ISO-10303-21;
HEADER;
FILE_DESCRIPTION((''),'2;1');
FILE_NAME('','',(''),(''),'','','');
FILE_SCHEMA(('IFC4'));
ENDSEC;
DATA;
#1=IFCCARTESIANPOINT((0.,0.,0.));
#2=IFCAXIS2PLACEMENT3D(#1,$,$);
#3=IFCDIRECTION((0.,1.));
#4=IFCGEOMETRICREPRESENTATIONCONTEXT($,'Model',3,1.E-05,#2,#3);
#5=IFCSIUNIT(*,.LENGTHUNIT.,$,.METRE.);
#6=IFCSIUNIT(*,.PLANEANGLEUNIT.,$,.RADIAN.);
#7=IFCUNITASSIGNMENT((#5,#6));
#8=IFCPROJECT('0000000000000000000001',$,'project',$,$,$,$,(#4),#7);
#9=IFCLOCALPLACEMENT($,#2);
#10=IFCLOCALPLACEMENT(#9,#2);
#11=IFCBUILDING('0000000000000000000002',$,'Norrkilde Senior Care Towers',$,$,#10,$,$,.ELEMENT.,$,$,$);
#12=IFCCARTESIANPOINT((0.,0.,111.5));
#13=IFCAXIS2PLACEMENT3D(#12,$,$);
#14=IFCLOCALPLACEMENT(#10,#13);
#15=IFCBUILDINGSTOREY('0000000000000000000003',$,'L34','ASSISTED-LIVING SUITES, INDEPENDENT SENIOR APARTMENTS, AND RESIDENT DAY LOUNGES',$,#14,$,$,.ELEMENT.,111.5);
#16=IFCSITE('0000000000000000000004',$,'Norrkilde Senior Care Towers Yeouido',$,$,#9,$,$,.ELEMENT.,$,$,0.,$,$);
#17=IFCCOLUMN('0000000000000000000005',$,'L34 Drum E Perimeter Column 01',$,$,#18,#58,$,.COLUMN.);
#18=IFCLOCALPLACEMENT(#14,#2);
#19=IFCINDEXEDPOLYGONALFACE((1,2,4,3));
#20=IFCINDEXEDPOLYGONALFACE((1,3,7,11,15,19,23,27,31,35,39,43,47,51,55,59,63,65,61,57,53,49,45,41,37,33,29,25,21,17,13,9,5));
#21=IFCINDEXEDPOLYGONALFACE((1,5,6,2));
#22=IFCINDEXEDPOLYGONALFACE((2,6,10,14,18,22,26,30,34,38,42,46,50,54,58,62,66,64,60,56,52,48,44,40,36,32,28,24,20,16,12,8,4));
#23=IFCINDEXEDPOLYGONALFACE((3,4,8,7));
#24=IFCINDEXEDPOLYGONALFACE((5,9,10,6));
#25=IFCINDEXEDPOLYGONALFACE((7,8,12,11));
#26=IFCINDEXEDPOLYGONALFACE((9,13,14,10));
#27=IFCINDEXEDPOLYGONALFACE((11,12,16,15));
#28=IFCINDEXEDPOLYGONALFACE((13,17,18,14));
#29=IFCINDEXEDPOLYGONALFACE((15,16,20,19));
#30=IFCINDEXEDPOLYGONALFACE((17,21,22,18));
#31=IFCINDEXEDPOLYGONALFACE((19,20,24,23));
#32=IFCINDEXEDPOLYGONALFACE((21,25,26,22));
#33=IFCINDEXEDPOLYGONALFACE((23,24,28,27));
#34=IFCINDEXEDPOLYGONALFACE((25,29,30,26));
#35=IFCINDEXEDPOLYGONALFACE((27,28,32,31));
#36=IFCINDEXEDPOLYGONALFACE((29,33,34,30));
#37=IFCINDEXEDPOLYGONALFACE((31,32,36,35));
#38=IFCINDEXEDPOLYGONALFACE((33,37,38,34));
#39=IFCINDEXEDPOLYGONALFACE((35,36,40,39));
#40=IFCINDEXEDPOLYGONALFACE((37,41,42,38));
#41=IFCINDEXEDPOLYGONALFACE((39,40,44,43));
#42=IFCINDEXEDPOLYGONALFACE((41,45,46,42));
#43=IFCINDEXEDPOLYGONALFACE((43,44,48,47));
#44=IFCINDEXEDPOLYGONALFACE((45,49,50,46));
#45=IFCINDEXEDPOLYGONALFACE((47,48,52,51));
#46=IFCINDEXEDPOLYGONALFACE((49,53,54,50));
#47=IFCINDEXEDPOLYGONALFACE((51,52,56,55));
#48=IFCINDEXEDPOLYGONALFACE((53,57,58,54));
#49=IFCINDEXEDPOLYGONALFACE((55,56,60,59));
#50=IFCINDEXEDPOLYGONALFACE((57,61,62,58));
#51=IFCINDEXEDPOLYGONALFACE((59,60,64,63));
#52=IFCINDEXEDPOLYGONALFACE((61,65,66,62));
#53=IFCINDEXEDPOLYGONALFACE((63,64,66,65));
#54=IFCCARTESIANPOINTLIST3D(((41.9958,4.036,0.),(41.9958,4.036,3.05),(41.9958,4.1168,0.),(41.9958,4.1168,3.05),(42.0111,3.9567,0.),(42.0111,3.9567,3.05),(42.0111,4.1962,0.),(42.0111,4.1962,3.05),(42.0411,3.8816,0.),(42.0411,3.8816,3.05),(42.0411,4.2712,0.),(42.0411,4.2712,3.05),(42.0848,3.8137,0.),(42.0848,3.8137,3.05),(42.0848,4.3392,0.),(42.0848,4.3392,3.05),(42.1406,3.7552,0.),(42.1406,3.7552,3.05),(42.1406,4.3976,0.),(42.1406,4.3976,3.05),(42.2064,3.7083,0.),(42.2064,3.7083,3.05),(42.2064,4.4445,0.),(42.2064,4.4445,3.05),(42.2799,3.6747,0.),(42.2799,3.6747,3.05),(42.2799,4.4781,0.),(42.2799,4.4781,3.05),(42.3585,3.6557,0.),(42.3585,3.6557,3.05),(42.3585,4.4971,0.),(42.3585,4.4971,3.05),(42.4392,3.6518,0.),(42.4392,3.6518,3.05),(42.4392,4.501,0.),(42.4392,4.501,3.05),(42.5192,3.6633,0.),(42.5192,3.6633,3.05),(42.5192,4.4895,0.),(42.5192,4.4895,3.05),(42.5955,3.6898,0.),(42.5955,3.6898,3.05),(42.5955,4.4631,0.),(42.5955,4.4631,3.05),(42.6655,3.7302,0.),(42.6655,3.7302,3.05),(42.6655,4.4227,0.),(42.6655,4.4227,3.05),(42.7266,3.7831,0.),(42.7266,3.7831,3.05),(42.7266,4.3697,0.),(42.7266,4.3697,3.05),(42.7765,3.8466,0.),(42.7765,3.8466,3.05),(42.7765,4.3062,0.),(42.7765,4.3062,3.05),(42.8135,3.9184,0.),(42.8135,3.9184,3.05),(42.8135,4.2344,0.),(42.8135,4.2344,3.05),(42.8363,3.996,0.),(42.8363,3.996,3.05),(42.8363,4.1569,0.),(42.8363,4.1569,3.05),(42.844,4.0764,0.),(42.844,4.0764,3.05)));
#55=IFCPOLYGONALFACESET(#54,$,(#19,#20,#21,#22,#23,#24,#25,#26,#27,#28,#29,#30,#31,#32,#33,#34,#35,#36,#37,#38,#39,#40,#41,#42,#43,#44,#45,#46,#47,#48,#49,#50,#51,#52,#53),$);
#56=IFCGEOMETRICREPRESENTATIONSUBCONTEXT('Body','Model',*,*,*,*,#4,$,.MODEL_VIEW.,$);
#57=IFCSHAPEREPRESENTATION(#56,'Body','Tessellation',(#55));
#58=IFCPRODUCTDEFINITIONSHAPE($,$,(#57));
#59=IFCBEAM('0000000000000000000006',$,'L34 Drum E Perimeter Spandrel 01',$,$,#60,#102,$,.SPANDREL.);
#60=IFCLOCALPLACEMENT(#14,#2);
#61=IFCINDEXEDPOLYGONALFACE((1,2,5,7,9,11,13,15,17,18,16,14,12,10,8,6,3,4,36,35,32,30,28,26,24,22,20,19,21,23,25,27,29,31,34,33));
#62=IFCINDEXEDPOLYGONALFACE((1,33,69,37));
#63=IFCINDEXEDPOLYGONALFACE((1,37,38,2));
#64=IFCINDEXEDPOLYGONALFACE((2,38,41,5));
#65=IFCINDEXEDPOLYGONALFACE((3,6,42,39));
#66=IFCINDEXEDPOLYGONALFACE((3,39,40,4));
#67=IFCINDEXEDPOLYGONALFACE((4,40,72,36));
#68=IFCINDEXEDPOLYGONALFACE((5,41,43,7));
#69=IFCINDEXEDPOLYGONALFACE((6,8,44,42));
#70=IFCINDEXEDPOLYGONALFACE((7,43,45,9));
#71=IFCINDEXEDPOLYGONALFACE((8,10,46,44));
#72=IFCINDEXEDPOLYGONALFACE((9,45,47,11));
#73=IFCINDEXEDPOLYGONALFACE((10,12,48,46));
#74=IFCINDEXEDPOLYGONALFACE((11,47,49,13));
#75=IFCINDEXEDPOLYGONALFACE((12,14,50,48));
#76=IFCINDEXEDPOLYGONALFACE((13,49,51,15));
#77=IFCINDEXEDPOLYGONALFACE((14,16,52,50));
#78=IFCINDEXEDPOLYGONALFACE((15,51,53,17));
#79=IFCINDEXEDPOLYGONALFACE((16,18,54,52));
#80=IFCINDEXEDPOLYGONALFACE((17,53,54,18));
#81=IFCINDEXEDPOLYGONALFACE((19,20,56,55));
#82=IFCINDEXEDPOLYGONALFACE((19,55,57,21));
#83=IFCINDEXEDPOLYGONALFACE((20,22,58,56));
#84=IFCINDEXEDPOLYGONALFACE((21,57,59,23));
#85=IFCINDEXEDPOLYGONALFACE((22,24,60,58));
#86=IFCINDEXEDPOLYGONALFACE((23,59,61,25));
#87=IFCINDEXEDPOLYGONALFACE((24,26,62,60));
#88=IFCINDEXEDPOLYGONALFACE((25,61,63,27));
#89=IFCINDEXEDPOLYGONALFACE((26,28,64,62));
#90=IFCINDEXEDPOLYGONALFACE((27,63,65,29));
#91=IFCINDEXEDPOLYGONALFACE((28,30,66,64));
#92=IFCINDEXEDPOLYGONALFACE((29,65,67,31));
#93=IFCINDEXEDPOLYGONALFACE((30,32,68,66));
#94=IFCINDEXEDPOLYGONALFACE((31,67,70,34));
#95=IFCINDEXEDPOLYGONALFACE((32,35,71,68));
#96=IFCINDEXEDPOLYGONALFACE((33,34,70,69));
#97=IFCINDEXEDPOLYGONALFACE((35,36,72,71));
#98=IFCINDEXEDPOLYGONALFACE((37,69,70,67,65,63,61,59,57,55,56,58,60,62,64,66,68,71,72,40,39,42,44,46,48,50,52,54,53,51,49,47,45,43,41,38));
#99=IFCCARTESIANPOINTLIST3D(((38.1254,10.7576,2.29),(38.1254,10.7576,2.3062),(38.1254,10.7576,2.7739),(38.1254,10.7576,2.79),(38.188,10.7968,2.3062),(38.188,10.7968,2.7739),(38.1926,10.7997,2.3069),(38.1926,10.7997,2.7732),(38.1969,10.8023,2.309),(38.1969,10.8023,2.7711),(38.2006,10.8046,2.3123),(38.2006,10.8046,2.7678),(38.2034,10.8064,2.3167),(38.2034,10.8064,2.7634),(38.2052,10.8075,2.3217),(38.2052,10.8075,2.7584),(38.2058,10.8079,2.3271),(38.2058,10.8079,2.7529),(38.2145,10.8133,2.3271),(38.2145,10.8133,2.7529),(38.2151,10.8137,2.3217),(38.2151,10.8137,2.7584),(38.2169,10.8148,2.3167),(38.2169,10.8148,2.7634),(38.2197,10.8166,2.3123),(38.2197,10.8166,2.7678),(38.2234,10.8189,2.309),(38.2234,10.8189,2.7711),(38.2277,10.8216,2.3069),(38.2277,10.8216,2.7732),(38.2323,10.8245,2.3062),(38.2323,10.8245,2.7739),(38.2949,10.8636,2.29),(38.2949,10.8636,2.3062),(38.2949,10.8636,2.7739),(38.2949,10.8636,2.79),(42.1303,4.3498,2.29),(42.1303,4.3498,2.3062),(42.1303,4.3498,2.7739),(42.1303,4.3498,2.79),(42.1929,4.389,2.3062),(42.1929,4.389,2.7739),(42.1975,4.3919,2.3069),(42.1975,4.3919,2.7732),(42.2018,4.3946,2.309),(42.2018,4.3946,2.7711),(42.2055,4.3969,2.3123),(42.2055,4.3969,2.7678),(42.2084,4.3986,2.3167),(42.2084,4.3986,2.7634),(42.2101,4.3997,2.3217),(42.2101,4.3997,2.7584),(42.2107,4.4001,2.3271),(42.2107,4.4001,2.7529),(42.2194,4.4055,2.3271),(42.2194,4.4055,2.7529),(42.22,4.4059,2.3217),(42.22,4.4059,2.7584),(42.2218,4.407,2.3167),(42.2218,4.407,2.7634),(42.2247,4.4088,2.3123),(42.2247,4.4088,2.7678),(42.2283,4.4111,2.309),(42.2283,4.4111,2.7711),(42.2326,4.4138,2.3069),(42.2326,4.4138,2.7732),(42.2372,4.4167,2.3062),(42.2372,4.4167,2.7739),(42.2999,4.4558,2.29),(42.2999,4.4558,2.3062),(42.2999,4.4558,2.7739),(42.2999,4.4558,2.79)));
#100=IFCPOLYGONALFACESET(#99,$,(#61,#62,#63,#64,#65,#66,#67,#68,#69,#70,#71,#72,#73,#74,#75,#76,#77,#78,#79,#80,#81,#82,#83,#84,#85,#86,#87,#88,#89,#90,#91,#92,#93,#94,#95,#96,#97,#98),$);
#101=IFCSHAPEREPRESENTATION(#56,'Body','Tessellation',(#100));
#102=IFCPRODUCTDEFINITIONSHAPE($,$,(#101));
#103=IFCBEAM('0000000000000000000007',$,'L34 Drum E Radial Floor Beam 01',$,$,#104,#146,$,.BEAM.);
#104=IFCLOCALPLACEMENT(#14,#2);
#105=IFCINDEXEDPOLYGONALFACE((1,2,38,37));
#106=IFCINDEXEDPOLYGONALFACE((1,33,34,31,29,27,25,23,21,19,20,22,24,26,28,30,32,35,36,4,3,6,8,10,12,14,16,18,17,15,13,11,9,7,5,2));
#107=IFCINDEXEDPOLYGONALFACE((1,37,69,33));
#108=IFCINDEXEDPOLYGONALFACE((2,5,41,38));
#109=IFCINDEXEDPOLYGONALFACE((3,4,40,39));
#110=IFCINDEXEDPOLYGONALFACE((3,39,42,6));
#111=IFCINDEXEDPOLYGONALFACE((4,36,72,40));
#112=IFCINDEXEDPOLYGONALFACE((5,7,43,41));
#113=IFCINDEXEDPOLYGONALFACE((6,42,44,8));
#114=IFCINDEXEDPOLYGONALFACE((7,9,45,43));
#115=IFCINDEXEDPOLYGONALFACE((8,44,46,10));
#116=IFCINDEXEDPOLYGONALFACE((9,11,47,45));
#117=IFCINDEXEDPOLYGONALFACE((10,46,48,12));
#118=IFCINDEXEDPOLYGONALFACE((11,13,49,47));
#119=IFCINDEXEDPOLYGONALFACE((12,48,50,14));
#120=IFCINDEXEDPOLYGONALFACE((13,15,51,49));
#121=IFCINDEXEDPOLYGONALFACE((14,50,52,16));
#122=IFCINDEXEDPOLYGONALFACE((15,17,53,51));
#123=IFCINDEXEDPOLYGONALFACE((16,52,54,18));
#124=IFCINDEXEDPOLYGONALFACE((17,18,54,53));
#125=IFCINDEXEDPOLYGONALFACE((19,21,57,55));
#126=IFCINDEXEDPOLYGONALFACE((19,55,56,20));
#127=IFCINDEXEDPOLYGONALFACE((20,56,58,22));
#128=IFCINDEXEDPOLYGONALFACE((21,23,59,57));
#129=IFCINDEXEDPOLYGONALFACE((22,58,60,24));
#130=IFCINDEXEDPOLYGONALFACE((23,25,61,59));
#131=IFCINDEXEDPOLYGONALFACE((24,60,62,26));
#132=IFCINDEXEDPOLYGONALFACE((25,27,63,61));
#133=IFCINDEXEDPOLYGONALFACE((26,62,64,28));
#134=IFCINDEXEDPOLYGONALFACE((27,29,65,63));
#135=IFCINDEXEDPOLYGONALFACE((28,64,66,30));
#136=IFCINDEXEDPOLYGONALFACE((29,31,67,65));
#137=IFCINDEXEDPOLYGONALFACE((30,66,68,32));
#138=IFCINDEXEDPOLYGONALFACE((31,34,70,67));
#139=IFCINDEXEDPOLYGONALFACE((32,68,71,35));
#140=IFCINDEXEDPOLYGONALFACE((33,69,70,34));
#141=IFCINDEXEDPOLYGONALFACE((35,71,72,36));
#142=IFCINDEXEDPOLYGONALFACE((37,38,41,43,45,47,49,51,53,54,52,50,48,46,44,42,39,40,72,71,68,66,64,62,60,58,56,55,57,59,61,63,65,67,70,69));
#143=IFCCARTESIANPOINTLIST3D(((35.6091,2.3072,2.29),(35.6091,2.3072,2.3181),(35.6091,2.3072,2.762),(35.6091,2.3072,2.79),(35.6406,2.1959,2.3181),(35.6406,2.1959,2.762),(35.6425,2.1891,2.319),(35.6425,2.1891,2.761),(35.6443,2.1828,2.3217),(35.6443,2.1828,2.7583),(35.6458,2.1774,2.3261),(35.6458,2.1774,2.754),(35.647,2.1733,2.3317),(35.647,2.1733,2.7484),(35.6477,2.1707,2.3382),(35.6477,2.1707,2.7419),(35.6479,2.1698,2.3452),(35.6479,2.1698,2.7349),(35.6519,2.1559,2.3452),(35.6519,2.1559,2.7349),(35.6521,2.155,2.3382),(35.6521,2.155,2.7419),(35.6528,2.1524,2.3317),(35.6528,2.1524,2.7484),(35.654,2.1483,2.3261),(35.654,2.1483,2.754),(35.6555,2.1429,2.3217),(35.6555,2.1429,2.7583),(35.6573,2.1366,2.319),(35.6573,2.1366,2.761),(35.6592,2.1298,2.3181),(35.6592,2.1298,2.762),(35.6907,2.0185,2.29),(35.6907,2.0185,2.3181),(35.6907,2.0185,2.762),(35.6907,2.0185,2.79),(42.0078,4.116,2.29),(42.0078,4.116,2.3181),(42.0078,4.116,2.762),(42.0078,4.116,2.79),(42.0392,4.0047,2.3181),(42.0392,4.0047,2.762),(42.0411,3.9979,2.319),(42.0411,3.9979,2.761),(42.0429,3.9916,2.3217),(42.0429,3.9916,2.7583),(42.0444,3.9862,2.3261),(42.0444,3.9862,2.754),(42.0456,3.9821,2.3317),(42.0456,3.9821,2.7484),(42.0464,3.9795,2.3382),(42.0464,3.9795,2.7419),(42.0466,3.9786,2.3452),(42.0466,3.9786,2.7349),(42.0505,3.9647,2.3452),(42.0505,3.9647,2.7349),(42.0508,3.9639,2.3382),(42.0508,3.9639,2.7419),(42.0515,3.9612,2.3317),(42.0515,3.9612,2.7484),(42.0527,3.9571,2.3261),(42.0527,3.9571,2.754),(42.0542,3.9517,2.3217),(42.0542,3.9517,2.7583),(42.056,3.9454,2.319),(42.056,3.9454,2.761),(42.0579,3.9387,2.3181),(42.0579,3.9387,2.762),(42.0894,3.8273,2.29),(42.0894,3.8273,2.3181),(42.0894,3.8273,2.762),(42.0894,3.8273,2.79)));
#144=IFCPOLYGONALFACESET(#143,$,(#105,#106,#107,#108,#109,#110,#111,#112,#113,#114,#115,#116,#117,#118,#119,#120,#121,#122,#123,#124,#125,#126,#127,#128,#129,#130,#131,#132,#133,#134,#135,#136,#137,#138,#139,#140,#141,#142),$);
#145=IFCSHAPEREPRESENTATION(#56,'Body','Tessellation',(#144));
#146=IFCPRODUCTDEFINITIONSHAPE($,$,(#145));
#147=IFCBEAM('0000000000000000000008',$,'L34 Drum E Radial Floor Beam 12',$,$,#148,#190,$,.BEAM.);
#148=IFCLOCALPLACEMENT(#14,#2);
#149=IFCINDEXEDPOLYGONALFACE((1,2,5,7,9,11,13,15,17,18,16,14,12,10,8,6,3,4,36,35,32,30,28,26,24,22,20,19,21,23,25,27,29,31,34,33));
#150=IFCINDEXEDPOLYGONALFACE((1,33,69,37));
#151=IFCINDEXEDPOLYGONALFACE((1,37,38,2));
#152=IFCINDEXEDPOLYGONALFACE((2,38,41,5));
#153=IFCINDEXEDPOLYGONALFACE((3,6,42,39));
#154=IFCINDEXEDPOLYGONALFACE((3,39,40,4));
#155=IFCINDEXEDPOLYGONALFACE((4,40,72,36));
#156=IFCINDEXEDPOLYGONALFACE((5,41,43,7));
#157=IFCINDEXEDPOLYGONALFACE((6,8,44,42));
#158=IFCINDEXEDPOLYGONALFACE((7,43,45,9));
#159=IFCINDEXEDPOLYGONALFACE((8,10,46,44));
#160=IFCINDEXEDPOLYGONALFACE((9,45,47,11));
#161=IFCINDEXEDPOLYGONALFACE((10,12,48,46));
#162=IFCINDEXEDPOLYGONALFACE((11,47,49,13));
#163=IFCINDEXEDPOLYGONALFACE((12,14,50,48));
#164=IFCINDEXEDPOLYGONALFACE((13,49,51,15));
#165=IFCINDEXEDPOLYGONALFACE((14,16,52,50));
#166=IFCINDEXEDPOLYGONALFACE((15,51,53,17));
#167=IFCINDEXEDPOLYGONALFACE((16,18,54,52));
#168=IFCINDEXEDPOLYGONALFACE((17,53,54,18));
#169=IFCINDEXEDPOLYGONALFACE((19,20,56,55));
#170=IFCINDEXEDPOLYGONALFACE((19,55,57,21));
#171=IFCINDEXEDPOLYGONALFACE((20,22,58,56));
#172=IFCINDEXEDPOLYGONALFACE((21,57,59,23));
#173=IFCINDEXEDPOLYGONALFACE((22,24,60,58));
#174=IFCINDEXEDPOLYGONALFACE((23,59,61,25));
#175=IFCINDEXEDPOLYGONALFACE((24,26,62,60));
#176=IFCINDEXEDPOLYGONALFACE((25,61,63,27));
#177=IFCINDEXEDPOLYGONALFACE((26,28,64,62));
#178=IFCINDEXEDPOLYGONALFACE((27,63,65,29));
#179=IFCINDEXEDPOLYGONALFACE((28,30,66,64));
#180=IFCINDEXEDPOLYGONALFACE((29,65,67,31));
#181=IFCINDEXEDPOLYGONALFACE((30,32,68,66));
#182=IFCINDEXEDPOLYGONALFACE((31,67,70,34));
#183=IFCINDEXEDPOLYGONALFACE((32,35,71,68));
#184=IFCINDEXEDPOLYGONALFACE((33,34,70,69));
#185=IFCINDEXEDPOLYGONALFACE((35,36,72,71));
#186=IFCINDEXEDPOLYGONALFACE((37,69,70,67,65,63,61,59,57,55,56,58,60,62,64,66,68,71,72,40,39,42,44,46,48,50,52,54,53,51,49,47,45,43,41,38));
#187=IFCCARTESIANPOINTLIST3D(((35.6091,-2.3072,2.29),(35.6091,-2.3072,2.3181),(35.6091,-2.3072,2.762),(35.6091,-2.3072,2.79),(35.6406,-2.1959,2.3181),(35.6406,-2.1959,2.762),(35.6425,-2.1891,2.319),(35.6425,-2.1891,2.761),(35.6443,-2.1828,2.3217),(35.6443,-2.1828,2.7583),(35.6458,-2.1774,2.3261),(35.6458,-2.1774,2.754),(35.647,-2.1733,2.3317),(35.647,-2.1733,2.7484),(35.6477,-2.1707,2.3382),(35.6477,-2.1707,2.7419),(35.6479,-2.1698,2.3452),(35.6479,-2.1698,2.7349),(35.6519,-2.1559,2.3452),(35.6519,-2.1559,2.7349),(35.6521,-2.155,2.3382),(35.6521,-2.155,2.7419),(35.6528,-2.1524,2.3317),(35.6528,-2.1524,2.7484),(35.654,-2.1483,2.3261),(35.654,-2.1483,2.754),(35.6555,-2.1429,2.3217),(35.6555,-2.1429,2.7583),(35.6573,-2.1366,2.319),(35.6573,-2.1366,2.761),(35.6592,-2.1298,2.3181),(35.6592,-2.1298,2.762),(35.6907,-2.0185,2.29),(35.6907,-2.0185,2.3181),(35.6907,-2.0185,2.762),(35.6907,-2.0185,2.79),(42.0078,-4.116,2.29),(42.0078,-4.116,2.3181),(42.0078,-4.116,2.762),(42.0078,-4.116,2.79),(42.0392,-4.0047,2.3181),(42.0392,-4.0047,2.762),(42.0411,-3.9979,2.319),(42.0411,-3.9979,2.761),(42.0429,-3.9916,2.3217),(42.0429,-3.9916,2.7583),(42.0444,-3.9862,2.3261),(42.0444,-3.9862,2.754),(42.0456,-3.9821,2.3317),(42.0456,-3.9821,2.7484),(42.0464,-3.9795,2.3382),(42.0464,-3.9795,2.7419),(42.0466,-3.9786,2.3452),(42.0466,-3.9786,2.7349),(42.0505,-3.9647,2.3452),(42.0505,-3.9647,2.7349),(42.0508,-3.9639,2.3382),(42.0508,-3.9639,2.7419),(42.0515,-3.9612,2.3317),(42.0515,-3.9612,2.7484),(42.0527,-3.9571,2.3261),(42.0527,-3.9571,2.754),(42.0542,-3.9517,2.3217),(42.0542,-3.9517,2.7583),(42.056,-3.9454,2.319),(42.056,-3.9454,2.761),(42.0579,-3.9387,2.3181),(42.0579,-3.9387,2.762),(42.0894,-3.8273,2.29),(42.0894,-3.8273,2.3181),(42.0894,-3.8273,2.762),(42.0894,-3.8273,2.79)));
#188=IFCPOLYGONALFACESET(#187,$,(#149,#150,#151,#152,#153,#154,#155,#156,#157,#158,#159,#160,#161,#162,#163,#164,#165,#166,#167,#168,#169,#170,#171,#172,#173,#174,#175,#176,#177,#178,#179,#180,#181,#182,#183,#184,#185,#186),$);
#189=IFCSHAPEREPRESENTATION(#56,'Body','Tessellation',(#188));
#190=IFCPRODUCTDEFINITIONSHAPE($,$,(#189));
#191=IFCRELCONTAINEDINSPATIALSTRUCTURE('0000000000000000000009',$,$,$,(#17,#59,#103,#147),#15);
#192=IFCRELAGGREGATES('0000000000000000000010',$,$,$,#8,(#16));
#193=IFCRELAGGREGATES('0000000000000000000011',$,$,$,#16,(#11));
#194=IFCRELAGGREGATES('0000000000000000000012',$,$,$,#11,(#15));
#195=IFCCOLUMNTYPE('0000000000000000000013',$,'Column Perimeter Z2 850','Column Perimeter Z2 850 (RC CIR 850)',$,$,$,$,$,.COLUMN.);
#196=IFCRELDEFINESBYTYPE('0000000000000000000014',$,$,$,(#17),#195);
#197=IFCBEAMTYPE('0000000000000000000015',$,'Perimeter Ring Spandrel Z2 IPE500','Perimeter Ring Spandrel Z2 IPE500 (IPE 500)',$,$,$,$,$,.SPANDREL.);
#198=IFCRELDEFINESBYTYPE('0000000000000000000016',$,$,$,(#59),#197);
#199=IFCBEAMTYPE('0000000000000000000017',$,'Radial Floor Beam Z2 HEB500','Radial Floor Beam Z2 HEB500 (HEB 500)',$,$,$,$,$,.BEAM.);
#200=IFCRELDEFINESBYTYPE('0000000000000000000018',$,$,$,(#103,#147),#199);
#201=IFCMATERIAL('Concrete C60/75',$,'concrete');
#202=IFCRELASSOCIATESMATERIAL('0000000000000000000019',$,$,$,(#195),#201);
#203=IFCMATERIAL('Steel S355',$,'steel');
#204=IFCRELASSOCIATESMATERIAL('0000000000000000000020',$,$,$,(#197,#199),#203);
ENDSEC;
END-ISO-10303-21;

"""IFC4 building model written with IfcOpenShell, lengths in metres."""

from ifc_helpers import new_model, si_unit, direction, frame, origin, origin_2d, place, context, subcontext, project, spatial, circle, i_section, extrude, source, transform, mapped, material, material_profile, profile_set, type_object, type_shapes, element, save


model = new_model("IFC4")

# Units and contexts
model_context = context("Model", 3, precision=1e-05, world=origin(), true_north=direction((0.0, 1.0)))
body_context = subcontext(model_context, "Body", "Model", "MODEL_VIEW")
ifc_project = project(units=[si_unit("LENGTHUNIT", "METRE"), si_unit("PLANEANGLEUNIT", "RADIAN")], contexts=[model_context])

# Site, building, storey
site_placement = place(None, origin())
site = spatial("IfcSite", under=ifc_project, at=site_placement, Name="Norrkilde Senior Care Towers Yeouido", CompositionType="ELEMENT", RefElevation=0.0)
building_placement = place(site_placement, origin())
building = spatial("IfcBuilding", under=site, at=building_placement, Name="Norrkilde Senior Care Towers", CompositionType="ELEMENT")
storey_placement = place(building_placement, frame((0.0, 0.0, 111.5)))
storey = spatial("IfcBuildingStorey", under=building, at=storey_placement, Name="L34", Description="ASSISTED-LIVING SUITES, INDEPENDENT SENIOR APARTMENTS, AND RESIDENT DAY LOUNGES", CompositionType="ELEMENT", Elevation=111.5)

# Column
ifc_material_1 = material(Name="Concrete C60/75", Category="concrete")
ifc_material_profile_1 = material_profile(ifc_material_1, circle(Radius=0.425, at=origin_2d()), Name="RC CIR 850")
ifc_profile_set_1 = profile_set([ifc_material_profile_1], Name="Concrete C60/75")
column_type = type_object("IfcColumnType", Name="Column Perimeter Z2 850", Description="Column Perimeter Z2 850 (RC CIR 850)", PredefinedType="COLUMN", material=ifc_profile_set_1)
shared_shape_1 = source(origin(), body_context, "Body", "SweptSolid", [
    extrude(circle(Radius=0.425, at=origin_2d()), origin(), (0.0, 0.0, 1.0), 3.05),
])
type_shapes(column_type, [shared_shape_1])
column_placement = place(storey_placement, frame((42.4189, 4.0764, 0.0), z_axis=(0.0, 0.0, 1.0), x_axis=(1.0, 0.0, 0.0)))
element("IfcColumn", 1, at=column_placement, inside=storey, type_object=column_type, Name="L34 Drum E Perimeter Column 01", PredefinedType="COLUMN", context=body_context, shape_type="MappedRepresentation", body=[
    mapped(shared_shape_1, transform((0.0, 0.0, 0.0), x_axis=(1.0, 0.0, 0.0), y_axis=(0.0, 1.0, 0.0), z_axis=(0.0, 0.0, 1.0), scale=1.0)),
])

# Beams
ifc_material_2 = material(Name="Steel S355", Category="steel")
ifc_material_profile_2 = material_profile(ifc_material_2, i_section(OverallWidth=0.2, OverallDepth=0.5, WebThickness=0.0103, FlangeThickness=0.0161, FilletRadius=0.021, at=origin_2d()), Name="IPE 500")
ifc_profile_set_2 = profile_set([ifc_material_profile_2], Name="Steel S355")
beam_type_1 = type_object("IfcBeamType", Name="Perimeter Ring Spandrel Z2 IPE500", Description="Perimeter Ring Spandrel Z2 IPE500 (IPE 500)", PredefinedType="SPANDREL", material=ifc_profile_set_2)
shared_shape_2 = source(origin(), body_context, "Body", "SweptSolid", [
    extrude(i_section(OverallWidth=0.2, OverallDepth=0.5, WebThickness=0.0103, FlangeThickness=0.0161, FilletRadius=0.021, at=origin_2d()), origin(), (0.0, 0.0, 1.0), 7.5564),
])
type_shapes(beam_type_1, [shared_shape_2])
beam_1_placement = place(storey_placement, frame((42.2151, 4.4028, 2.54), z_axis=(-0.530005, 0.847995, 0.0), x_axis=(-0.847995, -0.530005, 0.0)))
element("IfcBeam", 2, at=beam_1_placement, inside=storey, type_object=beam_type_1, Name="L34 Drum E Perimeter Spandrel 01", PredefinedType="SPANDREL", context=body_context, shape_type="MappedRepresentation", body=[
    mapped(shared_shape_2, transform((0.0, 0.0, 0.0), x_axis=(1.0, 0.0, 0.0), y_axis=(0.0, 1.0, 0.0), z_axis=(0.0, 0.0, 1.0), scale=1.0)),
])
ifc_material_profile_3 = material_profile(ifc_material_2, i_section(OverallWidth=0.3, OverallDepth=0.5, WebThickness=0.0144, FlangeThickness=0.0281, FilletRadius=0.0271, at=origin_2d()), Name="HEB 500")
ifc_profile_set_3 = profile_set([ifc_material_profile_3], Name="Steel S355")
beam_type_2 = type_object("IfcBeamType", Name="Radial Floor Beam Z2 HEB500", Description="Radial Floor Beam Z2 HEB500 (HEB 500)", PredefinedType="BEAM", material=ifc_profile_set_3)
shared_shape_3 = source(origin(), body_context, "Body", "SweptSolid", [
    extrude(i_section(OverallWidth=0.3, OverallDepth=0.5, WebThickness=0.0144, FlangeThickness=0.0281, FilletRadius=0.0271, at=origin_2d()), origin(), (0.0, 0.0, 1.0), 6.6494),
])
type_shapes(beam_type_2, [shared_shape_3])
for number, where, z_axis, x_axis, name in (
    (3, (35.6499, 2.1628, 2.54), (0.962289, 0.272029, 0.0), (-0.272029, 0.962289, 0.0), "L34 Drum E Radial Floor Beam 01"),
    (4, (35.6499, -2.1628, 2.54), (0.962289, -0.272029, 0.0), (0.272029, 0.962289, 0.0), "L34 Drum E Radial Floor Beam 12"),
):
    element("IfcBeam", number, at=place(storey_placement, frame(where, z_axis=z_axis, x_axis=x_axis)), inside=storey, type_object=beam_type_2, Name=name, PredefinedType="BEAM", context=body_context, shape_type="MappedRepresentation", body=[
        mapped(shared_shape_3, transform((0.0, 0.0, 0.0), x_axis=(1.0, 0.0, 0.0), y_axis=(0.0, 1.0, 0.0), z_axis=(0.0, 0.0, 1.0), scale=1.0)),
    ])

save(model, "model.ifc")
